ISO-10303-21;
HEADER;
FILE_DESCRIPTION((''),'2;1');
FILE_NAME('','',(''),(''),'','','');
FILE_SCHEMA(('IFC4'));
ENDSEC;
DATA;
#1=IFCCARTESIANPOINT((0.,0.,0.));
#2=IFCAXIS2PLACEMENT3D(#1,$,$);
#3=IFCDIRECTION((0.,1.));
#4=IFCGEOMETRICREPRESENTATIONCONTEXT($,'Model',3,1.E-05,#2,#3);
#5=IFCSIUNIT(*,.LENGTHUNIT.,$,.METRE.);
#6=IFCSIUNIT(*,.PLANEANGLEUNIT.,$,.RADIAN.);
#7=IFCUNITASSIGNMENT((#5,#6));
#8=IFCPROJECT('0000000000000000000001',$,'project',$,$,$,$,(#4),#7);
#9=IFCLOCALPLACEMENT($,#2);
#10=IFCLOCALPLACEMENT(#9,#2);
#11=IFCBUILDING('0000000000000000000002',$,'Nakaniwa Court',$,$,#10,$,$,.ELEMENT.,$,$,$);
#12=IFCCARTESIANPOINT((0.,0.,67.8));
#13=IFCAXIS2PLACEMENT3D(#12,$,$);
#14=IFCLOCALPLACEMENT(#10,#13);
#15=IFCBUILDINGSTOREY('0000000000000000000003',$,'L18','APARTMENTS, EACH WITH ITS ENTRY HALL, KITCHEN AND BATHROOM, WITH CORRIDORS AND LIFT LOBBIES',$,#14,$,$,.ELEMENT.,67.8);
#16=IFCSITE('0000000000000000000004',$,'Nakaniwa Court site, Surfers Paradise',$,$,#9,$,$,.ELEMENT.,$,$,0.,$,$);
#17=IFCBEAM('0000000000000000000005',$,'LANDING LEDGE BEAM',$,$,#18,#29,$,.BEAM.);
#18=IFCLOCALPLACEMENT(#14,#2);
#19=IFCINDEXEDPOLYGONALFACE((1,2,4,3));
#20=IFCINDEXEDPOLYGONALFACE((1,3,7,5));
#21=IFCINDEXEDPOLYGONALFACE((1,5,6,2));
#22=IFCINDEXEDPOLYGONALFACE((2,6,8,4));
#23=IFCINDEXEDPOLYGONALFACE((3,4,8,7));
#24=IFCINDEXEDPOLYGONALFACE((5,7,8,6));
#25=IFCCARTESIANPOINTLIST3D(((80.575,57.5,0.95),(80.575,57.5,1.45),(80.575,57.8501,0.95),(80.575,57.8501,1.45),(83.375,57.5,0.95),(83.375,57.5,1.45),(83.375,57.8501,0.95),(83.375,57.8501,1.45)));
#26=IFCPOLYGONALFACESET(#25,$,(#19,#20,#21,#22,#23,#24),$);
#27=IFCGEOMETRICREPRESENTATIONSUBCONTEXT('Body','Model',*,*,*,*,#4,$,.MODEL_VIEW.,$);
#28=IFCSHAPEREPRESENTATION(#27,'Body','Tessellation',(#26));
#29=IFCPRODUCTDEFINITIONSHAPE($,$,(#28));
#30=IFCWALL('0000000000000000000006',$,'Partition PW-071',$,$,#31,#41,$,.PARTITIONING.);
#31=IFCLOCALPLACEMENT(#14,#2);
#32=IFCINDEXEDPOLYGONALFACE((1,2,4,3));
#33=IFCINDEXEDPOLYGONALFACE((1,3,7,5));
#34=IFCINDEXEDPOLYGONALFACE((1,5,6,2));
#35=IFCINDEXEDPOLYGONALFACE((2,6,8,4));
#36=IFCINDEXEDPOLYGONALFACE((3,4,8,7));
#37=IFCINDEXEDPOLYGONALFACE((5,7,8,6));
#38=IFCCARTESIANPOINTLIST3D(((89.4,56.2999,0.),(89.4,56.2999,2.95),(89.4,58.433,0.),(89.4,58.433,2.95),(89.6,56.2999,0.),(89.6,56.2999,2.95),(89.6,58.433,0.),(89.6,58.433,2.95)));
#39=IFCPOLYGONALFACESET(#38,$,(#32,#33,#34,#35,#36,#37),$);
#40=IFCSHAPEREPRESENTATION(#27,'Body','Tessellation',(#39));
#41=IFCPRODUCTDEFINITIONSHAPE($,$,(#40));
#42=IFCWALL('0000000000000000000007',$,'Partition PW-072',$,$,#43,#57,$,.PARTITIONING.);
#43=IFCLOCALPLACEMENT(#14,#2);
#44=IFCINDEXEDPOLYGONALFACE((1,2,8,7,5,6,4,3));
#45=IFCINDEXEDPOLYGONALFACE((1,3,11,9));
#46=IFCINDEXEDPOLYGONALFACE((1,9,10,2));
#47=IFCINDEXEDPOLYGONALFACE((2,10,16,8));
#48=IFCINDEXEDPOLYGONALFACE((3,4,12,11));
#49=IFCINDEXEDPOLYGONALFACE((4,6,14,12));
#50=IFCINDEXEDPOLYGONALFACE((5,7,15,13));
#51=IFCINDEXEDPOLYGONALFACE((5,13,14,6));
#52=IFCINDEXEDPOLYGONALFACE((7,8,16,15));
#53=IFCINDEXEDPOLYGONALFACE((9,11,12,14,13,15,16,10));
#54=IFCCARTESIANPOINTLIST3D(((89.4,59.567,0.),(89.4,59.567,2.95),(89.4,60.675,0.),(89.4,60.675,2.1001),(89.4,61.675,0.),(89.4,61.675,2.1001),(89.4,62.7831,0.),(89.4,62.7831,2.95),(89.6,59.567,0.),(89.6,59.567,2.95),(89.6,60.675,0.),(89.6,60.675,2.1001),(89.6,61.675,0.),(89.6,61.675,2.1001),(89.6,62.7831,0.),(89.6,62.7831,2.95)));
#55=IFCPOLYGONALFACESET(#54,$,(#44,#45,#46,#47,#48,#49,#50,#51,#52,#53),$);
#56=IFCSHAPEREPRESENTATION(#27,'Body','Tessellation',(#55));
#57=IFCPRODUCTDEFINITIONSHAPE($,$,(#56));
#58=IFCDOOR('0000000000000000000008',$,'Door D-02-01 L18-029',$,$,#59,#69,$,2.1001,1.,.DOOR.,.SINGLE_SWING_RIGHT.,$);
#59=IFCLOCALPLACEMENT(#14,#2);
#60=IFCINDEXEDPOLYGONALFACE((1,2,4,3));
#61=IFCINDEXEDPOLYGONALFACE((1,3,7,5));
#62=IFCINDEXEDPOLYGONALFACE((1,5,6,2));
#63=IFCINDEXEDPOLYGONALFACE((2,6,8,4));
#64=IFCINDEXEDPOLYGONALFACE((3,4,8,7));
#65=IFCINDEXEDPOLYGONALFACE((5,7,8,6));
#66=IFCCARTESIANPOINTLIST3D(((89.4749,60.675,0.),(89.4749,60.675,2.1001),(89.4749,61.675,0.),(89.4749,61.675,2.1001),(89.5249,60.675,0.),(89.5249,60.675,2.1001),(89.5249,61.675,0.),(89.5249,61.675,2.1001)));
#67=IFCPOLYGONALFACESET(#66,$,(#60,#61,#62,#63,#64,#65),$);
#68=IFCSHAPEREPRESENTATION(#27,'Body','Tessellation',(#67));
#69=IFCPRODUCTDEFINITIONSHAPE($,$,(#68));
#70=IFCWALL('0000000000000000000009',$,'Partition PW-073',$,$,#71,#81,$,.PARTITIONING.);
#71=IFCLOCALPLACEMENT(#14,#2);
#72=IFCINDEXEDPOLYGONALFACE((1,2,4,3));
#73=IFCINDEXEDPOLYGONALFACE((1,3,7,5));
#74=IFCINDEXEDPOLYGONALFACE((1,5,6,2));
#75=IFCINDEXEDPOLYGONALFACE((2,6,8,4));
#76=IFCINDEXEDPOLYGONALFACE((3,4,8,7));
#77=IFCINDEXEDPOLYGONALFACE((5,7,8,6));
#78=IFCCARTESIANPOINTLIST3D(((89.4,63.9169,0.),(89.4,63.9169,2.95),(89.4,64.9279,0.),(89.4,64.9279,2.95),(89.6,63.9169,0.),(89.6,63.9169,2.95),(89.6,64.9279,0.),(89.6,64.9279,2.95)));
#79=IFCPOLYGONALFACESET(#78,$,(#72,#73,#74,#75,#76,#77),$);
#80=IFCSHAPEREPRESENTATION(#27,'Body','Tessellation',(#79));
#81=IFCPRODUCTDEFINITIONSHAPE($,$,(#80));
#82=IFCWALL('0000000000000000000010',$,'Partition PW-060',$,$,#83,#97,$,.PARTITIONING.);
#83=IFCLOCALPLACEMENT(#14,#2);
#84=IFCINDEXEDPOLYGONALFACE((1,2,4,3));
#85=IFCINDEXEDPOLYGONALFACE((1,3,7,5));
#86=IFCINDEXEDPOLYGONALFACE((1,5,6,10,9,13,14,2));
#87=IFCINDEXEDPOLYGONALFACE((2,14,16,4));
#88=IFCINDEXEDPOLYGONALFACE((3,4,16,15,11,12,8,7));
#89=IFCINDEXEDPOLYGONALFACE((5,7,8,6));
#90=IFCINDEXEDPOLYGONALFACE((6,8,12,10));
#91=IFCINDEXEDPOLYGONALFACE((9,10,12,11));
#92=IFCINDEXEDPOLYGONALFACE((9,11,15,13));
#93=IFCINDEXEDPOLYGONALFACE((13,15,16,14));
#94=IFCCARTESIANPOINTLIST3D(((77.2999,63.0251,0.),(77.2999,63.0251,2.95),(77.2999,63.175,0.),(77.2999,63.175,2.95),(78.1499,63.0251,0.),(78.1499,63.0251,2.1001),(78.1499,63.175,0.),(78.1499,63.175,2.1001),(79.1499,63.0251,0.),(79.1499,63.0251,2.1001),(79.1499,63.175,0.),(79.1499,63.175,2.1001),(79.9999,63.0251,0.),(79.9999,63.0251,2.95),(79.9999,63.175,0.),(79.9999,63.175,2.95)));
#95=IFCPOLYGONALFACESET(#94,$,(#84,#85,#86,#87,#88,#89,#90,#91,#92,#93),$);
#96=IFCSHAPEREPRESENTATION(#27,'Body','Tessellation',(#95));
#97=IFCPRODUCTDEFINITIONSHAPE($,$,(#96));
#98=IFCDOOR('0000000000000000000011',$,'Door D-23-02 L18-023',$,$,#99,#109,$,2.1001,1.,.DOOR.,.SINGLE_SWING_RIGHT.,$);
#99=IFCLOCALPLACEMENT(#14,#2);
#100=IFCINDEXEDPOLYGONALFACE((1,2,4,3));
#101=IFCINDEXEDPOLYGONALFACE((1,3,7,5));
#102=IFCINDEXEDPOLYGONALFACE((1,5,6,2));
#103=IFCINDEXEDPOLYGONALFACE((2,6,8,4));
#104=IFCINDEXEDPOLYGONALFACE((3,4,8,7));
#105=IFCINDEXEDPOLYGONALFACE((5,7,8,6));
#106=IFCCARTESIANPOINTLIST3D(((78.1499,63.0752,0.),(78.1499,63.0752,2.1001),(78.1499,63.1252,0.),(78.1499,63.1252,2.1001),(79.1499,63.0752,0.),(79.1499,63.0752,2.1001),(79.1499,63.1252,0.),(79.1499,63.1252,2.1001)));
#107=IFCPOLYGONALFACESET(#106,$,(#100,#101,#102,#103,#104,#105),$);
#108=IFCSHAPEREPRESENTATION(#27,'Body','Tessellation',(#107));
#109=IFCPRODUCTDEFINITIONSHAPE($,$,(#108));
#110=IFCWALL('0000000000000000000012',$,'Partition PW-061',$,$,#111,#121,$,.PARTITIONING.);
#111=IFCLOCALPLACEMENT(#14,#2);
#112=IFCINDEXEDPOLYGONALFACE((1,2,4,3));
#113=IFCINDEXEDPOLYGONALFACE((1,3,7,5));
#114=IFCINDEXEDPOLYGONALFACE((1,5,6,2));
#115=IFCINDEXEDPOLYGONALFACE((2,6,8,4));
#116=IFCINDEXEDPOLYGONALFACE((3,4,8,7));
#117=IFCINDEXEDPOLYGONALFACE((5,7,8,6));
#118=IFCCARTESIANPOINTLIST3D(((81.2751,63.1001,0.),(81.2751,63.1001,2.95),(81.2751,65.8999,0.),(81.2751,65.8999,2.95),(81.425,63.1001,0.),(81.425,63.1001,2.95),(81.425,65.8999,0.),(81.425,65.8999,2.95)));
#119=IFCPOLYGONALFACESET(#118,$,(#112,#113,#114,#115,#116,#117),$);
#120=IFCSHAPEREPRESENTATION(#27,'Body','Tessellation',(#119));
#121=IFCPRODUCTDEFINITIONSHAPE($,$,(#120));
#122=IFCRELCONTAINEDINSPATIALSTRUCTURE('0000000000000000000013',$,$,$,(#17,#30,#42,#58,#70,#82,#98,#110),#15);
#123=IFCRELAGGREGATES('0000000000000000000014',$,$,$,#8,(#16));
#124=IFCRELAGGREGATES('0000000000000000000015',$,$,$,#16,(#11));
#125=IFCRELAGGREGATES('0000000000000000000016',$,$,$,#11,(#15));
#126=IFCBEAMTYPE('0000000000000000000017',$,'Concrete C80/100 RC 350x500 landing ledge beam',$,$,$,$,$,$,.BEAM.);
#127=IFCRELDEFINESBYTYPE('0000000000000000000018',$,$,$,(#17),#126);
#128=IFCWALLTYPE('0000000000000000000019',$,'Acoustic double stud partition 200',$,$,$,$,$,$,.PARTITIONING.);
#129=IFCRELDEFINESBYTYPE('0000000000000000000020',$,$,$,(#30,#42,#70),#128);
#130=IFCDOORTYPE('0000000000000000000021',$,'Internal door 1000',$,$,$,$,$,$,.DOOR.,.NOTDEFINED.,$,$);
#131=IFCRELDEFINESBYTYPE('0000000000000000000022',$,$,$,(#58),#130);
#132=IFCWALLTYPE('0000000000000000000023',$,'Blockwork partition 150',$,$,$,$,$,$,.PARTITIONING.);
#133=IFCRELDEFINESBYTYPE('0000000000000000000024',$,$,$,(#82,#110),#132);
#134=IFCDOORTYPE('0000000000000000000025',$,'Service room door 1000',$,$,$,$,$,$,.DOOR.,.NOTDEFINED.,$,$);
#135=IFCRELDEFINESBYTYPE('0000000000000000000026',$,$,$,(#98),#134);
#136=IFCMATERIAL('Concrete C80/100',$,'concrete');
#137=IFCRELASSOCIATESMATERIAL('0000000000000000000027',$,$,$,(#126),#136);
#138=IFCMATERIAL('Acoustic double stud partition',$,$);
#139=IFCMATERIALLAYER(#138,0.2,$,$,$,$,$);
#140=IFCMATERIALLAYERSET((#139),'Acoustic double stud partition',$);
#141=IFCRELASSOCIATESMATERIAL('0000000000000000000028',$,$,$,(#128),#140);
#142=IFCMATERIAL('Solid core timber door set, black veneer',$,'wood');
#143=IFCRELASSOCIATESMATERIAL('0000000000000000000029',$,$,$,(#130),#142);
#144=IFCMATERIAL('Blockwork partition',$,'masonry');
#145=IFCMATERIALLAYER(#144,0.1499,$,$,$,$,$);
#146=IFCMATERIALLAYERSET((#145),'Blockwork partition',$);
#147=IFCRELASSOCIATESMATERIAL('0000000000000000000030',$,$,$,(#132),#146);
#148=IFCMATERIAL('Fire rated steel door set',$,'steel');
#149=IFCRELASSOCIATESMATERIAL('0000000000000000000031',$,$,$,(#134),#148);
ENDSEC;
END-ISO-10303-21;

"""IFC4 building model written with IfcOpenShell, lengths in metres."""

from ifc_helpers import new_model, si_unit, direction, frame, frame_2d, origin, origin_2d, place, context, subcontext, project, spatial, rectangle, extrude, material, layer, layer_set, material_profile, profile_set, type_object, element, fill, save


model = new_model("IFC4")

# Units and contexts
model_context = context("Model", 3, precision=1e-05, world=origin(), true_north=direction((0.0, 1.0)))
body_context = subcontext(model_context, "Body", "Model", "MODEL_VIEW")
ifc_project = project(units=[si_unit("LENGTHUNIT", "METRE"), si_unit("PLANEANGLEUNIT", "RADIAN")], contexts=[model_context])

# Site, building, storey
site_placement = place(None, origin())
site = spatial("IfcSite", under=ifc_project, at=site_placement, Name="Nakaniwa Court site, Surfers Paradise", CompositionType="ELEMENT", RefElevation=0.0)
building_placement = place(site_placement, origin())
building = spatial("IfcBuilding", under=site, at=building_placement, Name="Nakaniwa Court", CompositionType="ELEMENT")
storey_placement = place(building_placement, frame((0.0, 0.0, 67.8)))
storey = spatial("IfcBuildingStorey", under=building, at=storey_placement, Name="L18", Description="APARTMENTS, EACH WITH ITS ENTRY HALL, KITCHEN AND BATHROOM, WITH CORRIDORS AND LIFT LOBBIES", CompositionType="ELEMENT", Elevation=67.8)

# Beam
ifc_material_1 = material(Name="Concrete C80/100", Category="concrete")
ifc_material_profile = material_profile(ifc_material_1, rectangle(XDim=0.3501, YDim=0.5, at=origin_2d()), Name="Concrete C80/100 RC 350x500 landing ledge beam")
ifc_profile_set = profile_set([ifc_material_profile], Name="Concrete C80/100")
beam_type = type_object("IfcBeamType", Name="Concrete C80/100 RC 350x500 landing ledge beam", PredefinedType="BEAM", material=ifc_profile_set)
beam_placement = place(storey_placement, frame((80.575, 57.675, 1.2), z_axis=(1.0, 0.0, 0.0), x_axis=(0.0, 1.0, 0.0)))
element("IfcBeam", 1, at=beam_placement, inside=storey, type_object=beam_type, Name="LANDING LEDGE BEAM", PredefinedType="BEAM", context=body_context, shape_type="SweptSolid", body=[
    extrude(rectangle(XDim=0.3501, YDim=0.5, at=origin_2d()), origin(), (0.0, 0.0, 1.0), 2.8),
])

# Wall
ifc_material_2 = material(Name="Acoustic double stud partition")
ifc_layer_1 = layer(ifc_material_2, 0.2)
ifc_layer_set_1 = layer_set([ifc_layer_1], Name="Acoustic double stud partition")
wall_type_1 = type_object("IfcWallType", Name="Acoustic double stud partition 200", PredefinedType="PARTITIONING", material=ifc_layer_set_1)
wall_1_placement = place(storey_placement, frame((89.5, 56.3, 0.0), z_axis=(0.0, 0.0, 1.0), x_axis=(0.0, 1.0, 0.0)))
element("IfcWall", 2, at=wall_1_placement, inside=storey, type_object=wall_type_1, Name="Partition PW-071", PredefinedType="PARTITIONING", context=body_context, shape_type="SweptSolid", body=[
    extrude(rectangle(XDim=2.1331, YDim=0.2, at=frame_2d((1.0664, 0.0))), origin(), (0.0, 0.0, 1.0), 2.95),
])

# Wall, opening, door
wall_2_placement = place(storey_placement, frame((89.5, 62.783, 0.0), z_axis=(0.0, 0.0, 1.0), x_axis=(0.0, -1.0, 0.0)))
wall_2 = element("IfcWall", 3, at=wall_2_placement, inside=storey, type_object=wall_type_1, Name="Partition PW-072", PredefinedType="PARTITIONING", context=body_context, shape_type="SweptSolid", body=[
    extrude(rectangle(XDim=3.2161, YDim=0.2, at=frame_2d((1.6079, 0.0))), origin(), (0.0, 0.0, 1.0), 2.95),
])
opening_1_placement = place(wall_2_placement, frame((1.1079, 0.0, 0.0)))
opening_1 = element("IfcOpeningElement", 4, at=opening_1_placement, cuts=wall_2, PredefinedType="OPENING", context=body_context, shape_type="SweptSolid", body=[
    extrude(rectangle(XDim=1.0, YDim=2.1001, at=frame_2d((0.5, 1.05))), frame((0.0, 0.1099, 0.0), z_axis=(0.0, -1.0, 0.0), x_axis=(1.0, 0.0, 0.0)), (0.0, 0.0, 1.0), 0.22),
])
ifc_material_3 = material(Name="Solid core timber door set, black veneer", Category="wood")
door_type_1 = type_object("IfcDoorType", Name="Internal door 1000", OperationType="NOTDEFINED", PredefinedType="DOOR", material=ifc_material_3)
door_1_placement = place(opening_1_placement, origin())
door_1 = element("IfcDoor", 5, at=door_1_placement, inside=storey, type_object=door_type_1, Name="Door D-02-01 L18-029", OperationType="SINGLE_SWING_RIGHT", OverallHeight=2.1001, OverallWidth=1.0, PredefinedType="DOOR", context=body_context, shape_type="SweptSolid", body=[
    extrude(rectangle(XDim=1.0, YDim=2.1001, at=frame_2d((0.5, 1.05))), frame((0.0, 0.0249, 0.0), z_axis=(0.0, -1.0, 0.0), x_axis=(1.0, 0.0, 0.0)), (0.0, 0.0, 1.0), 0.05),
])
fill(opening_1, door_1)

# Wall
wall_3_placement = place(storey_placement, frame((89.5, 63.917, 0.0), z_axis=(0.0, 0.0, 1.0), x_axis=(0.0, 1.0, 0.0)))
element("IfcWall", 6, at=wall_3_placement, inside=storey, type_object=wall_type_1, Name="Partition PW-073", PredefinedType="PARTITIONING", context=body_context, shape_type="SweptSolid", body=[
    extrude(rectangle(XDim=1.011, YDim=0.2, at=frame_2d((0.5054, 0.0))), origin(), (0.0, 0.0, 1.0), 2.95),
])

# Wall, opening, door
ifc_material_4 = material(Name="Blockwork partition", Category="masonry")
ifc_layer_2 = layer(ifc_material_4, 0.1499)
ifc_layer_set_2 = layer_set([ifc_layer_2], Name="Blockwork partition")
wall_type_2 = type_object("IfcWallType", Name="Blockwork partition 150", PredefinedType="PARTITIONING", material=ifc_layer_set_2)
wall_4_placement = place(storey_placement, frame((80.0, 63.1001, 0.0), z_axis=(0.0, 0.0, 1.0), x_axis=(-1.0, 0.0, 0.0)))
wall_4 = element("IfcWall", 7, at=wall_4_placement, inside=storey, type_object=wall_type_2, Name="Partition PW-060", PredefinedType="PARTITIONING", context=body_context, shape_type="SweptSolid", body=[
    extrude(rectangle(XDim=2.7, YDim=0.1499, at=frame_2d((1.3501, 0.0))), origin(), (0.0, 0.0, 1.0), 2.95),
])
opening_2_placement = place(wall_4_placement, frame((0.8501, 0.0, 0.0)))
opening_2 = element("IfcOpeningElement", 8, at=opening_2_placement, cuts=wall_4, PredefinedType="OPENING", context=body_context, shape_type="SweptSolid", body=[
    extrude(rectangle(XDim=1.0, YDim=2.1001, at=frame_2d((0.5, 1.05))), frame((0.0, 0.085, 0.0), z_axis=(0.0, -1.0, 0.0), x_axis=(1.0, 0.0, 0.0)), (0.0, 0.0, 1.0), 0.1699),
])
ifc_material_5 = material(Name="Fire rated steel door set", Category="steel")
door_type_2 = type_object("IfcDoorType", Name="Service room door 1000", OperationType="NOTDEFINED", PredefinedType="DOOR", material=ifc_material_5)
door_2_placement = place(opening_2_placement, origin())
door_2 = element("IfcDoor", 9, at=door_2_placement, inside=storey, type_object=door_type_2, Name="Door D-23-02 L18-023", OperationType="SINGLE_SWING_RIGHT", OverallHeight=2.1001, OverallWidth=1.0, PredefinedType="DOOR", context=body_context, shape_type="SweptSolid", body=[
    extrude(rectangle(XDim=1.0, YDim=2.1001, at=frame_2d((0.5, 1.05))), frame((0.0, 0.0249, 0.0), z_axis=(0.0, -1.0, 0.0), x_axis=(1.0, 0.0, 0.0)), (0.0, 0.0, 1.0), 0.05),
])
fill(opening_2, door_2)

# Wall
wall_5_placement = place(storey_placement, frame((81.3501, 63.1001, 0.0), z_axis=(0.0, 0.0, 1.0), x_axis=(0.0, 1.0, 0.0)))
element("IfcWall", 10, at=wall_5_placement, inside=storey, type_object=wall_type_2, Name="Partition PW-061", PredefinedType="PARTITIONING", context=body_context, shape_type="SweptSolid", body=[
    extrude(rectangle(XDim=2.7998, YDim=0.1499, at=frame_2d((1.3999, 0.0))), origin(), (0.0, 0.0, 1.0), 2.95),
])

save(model, "model.ifc")
